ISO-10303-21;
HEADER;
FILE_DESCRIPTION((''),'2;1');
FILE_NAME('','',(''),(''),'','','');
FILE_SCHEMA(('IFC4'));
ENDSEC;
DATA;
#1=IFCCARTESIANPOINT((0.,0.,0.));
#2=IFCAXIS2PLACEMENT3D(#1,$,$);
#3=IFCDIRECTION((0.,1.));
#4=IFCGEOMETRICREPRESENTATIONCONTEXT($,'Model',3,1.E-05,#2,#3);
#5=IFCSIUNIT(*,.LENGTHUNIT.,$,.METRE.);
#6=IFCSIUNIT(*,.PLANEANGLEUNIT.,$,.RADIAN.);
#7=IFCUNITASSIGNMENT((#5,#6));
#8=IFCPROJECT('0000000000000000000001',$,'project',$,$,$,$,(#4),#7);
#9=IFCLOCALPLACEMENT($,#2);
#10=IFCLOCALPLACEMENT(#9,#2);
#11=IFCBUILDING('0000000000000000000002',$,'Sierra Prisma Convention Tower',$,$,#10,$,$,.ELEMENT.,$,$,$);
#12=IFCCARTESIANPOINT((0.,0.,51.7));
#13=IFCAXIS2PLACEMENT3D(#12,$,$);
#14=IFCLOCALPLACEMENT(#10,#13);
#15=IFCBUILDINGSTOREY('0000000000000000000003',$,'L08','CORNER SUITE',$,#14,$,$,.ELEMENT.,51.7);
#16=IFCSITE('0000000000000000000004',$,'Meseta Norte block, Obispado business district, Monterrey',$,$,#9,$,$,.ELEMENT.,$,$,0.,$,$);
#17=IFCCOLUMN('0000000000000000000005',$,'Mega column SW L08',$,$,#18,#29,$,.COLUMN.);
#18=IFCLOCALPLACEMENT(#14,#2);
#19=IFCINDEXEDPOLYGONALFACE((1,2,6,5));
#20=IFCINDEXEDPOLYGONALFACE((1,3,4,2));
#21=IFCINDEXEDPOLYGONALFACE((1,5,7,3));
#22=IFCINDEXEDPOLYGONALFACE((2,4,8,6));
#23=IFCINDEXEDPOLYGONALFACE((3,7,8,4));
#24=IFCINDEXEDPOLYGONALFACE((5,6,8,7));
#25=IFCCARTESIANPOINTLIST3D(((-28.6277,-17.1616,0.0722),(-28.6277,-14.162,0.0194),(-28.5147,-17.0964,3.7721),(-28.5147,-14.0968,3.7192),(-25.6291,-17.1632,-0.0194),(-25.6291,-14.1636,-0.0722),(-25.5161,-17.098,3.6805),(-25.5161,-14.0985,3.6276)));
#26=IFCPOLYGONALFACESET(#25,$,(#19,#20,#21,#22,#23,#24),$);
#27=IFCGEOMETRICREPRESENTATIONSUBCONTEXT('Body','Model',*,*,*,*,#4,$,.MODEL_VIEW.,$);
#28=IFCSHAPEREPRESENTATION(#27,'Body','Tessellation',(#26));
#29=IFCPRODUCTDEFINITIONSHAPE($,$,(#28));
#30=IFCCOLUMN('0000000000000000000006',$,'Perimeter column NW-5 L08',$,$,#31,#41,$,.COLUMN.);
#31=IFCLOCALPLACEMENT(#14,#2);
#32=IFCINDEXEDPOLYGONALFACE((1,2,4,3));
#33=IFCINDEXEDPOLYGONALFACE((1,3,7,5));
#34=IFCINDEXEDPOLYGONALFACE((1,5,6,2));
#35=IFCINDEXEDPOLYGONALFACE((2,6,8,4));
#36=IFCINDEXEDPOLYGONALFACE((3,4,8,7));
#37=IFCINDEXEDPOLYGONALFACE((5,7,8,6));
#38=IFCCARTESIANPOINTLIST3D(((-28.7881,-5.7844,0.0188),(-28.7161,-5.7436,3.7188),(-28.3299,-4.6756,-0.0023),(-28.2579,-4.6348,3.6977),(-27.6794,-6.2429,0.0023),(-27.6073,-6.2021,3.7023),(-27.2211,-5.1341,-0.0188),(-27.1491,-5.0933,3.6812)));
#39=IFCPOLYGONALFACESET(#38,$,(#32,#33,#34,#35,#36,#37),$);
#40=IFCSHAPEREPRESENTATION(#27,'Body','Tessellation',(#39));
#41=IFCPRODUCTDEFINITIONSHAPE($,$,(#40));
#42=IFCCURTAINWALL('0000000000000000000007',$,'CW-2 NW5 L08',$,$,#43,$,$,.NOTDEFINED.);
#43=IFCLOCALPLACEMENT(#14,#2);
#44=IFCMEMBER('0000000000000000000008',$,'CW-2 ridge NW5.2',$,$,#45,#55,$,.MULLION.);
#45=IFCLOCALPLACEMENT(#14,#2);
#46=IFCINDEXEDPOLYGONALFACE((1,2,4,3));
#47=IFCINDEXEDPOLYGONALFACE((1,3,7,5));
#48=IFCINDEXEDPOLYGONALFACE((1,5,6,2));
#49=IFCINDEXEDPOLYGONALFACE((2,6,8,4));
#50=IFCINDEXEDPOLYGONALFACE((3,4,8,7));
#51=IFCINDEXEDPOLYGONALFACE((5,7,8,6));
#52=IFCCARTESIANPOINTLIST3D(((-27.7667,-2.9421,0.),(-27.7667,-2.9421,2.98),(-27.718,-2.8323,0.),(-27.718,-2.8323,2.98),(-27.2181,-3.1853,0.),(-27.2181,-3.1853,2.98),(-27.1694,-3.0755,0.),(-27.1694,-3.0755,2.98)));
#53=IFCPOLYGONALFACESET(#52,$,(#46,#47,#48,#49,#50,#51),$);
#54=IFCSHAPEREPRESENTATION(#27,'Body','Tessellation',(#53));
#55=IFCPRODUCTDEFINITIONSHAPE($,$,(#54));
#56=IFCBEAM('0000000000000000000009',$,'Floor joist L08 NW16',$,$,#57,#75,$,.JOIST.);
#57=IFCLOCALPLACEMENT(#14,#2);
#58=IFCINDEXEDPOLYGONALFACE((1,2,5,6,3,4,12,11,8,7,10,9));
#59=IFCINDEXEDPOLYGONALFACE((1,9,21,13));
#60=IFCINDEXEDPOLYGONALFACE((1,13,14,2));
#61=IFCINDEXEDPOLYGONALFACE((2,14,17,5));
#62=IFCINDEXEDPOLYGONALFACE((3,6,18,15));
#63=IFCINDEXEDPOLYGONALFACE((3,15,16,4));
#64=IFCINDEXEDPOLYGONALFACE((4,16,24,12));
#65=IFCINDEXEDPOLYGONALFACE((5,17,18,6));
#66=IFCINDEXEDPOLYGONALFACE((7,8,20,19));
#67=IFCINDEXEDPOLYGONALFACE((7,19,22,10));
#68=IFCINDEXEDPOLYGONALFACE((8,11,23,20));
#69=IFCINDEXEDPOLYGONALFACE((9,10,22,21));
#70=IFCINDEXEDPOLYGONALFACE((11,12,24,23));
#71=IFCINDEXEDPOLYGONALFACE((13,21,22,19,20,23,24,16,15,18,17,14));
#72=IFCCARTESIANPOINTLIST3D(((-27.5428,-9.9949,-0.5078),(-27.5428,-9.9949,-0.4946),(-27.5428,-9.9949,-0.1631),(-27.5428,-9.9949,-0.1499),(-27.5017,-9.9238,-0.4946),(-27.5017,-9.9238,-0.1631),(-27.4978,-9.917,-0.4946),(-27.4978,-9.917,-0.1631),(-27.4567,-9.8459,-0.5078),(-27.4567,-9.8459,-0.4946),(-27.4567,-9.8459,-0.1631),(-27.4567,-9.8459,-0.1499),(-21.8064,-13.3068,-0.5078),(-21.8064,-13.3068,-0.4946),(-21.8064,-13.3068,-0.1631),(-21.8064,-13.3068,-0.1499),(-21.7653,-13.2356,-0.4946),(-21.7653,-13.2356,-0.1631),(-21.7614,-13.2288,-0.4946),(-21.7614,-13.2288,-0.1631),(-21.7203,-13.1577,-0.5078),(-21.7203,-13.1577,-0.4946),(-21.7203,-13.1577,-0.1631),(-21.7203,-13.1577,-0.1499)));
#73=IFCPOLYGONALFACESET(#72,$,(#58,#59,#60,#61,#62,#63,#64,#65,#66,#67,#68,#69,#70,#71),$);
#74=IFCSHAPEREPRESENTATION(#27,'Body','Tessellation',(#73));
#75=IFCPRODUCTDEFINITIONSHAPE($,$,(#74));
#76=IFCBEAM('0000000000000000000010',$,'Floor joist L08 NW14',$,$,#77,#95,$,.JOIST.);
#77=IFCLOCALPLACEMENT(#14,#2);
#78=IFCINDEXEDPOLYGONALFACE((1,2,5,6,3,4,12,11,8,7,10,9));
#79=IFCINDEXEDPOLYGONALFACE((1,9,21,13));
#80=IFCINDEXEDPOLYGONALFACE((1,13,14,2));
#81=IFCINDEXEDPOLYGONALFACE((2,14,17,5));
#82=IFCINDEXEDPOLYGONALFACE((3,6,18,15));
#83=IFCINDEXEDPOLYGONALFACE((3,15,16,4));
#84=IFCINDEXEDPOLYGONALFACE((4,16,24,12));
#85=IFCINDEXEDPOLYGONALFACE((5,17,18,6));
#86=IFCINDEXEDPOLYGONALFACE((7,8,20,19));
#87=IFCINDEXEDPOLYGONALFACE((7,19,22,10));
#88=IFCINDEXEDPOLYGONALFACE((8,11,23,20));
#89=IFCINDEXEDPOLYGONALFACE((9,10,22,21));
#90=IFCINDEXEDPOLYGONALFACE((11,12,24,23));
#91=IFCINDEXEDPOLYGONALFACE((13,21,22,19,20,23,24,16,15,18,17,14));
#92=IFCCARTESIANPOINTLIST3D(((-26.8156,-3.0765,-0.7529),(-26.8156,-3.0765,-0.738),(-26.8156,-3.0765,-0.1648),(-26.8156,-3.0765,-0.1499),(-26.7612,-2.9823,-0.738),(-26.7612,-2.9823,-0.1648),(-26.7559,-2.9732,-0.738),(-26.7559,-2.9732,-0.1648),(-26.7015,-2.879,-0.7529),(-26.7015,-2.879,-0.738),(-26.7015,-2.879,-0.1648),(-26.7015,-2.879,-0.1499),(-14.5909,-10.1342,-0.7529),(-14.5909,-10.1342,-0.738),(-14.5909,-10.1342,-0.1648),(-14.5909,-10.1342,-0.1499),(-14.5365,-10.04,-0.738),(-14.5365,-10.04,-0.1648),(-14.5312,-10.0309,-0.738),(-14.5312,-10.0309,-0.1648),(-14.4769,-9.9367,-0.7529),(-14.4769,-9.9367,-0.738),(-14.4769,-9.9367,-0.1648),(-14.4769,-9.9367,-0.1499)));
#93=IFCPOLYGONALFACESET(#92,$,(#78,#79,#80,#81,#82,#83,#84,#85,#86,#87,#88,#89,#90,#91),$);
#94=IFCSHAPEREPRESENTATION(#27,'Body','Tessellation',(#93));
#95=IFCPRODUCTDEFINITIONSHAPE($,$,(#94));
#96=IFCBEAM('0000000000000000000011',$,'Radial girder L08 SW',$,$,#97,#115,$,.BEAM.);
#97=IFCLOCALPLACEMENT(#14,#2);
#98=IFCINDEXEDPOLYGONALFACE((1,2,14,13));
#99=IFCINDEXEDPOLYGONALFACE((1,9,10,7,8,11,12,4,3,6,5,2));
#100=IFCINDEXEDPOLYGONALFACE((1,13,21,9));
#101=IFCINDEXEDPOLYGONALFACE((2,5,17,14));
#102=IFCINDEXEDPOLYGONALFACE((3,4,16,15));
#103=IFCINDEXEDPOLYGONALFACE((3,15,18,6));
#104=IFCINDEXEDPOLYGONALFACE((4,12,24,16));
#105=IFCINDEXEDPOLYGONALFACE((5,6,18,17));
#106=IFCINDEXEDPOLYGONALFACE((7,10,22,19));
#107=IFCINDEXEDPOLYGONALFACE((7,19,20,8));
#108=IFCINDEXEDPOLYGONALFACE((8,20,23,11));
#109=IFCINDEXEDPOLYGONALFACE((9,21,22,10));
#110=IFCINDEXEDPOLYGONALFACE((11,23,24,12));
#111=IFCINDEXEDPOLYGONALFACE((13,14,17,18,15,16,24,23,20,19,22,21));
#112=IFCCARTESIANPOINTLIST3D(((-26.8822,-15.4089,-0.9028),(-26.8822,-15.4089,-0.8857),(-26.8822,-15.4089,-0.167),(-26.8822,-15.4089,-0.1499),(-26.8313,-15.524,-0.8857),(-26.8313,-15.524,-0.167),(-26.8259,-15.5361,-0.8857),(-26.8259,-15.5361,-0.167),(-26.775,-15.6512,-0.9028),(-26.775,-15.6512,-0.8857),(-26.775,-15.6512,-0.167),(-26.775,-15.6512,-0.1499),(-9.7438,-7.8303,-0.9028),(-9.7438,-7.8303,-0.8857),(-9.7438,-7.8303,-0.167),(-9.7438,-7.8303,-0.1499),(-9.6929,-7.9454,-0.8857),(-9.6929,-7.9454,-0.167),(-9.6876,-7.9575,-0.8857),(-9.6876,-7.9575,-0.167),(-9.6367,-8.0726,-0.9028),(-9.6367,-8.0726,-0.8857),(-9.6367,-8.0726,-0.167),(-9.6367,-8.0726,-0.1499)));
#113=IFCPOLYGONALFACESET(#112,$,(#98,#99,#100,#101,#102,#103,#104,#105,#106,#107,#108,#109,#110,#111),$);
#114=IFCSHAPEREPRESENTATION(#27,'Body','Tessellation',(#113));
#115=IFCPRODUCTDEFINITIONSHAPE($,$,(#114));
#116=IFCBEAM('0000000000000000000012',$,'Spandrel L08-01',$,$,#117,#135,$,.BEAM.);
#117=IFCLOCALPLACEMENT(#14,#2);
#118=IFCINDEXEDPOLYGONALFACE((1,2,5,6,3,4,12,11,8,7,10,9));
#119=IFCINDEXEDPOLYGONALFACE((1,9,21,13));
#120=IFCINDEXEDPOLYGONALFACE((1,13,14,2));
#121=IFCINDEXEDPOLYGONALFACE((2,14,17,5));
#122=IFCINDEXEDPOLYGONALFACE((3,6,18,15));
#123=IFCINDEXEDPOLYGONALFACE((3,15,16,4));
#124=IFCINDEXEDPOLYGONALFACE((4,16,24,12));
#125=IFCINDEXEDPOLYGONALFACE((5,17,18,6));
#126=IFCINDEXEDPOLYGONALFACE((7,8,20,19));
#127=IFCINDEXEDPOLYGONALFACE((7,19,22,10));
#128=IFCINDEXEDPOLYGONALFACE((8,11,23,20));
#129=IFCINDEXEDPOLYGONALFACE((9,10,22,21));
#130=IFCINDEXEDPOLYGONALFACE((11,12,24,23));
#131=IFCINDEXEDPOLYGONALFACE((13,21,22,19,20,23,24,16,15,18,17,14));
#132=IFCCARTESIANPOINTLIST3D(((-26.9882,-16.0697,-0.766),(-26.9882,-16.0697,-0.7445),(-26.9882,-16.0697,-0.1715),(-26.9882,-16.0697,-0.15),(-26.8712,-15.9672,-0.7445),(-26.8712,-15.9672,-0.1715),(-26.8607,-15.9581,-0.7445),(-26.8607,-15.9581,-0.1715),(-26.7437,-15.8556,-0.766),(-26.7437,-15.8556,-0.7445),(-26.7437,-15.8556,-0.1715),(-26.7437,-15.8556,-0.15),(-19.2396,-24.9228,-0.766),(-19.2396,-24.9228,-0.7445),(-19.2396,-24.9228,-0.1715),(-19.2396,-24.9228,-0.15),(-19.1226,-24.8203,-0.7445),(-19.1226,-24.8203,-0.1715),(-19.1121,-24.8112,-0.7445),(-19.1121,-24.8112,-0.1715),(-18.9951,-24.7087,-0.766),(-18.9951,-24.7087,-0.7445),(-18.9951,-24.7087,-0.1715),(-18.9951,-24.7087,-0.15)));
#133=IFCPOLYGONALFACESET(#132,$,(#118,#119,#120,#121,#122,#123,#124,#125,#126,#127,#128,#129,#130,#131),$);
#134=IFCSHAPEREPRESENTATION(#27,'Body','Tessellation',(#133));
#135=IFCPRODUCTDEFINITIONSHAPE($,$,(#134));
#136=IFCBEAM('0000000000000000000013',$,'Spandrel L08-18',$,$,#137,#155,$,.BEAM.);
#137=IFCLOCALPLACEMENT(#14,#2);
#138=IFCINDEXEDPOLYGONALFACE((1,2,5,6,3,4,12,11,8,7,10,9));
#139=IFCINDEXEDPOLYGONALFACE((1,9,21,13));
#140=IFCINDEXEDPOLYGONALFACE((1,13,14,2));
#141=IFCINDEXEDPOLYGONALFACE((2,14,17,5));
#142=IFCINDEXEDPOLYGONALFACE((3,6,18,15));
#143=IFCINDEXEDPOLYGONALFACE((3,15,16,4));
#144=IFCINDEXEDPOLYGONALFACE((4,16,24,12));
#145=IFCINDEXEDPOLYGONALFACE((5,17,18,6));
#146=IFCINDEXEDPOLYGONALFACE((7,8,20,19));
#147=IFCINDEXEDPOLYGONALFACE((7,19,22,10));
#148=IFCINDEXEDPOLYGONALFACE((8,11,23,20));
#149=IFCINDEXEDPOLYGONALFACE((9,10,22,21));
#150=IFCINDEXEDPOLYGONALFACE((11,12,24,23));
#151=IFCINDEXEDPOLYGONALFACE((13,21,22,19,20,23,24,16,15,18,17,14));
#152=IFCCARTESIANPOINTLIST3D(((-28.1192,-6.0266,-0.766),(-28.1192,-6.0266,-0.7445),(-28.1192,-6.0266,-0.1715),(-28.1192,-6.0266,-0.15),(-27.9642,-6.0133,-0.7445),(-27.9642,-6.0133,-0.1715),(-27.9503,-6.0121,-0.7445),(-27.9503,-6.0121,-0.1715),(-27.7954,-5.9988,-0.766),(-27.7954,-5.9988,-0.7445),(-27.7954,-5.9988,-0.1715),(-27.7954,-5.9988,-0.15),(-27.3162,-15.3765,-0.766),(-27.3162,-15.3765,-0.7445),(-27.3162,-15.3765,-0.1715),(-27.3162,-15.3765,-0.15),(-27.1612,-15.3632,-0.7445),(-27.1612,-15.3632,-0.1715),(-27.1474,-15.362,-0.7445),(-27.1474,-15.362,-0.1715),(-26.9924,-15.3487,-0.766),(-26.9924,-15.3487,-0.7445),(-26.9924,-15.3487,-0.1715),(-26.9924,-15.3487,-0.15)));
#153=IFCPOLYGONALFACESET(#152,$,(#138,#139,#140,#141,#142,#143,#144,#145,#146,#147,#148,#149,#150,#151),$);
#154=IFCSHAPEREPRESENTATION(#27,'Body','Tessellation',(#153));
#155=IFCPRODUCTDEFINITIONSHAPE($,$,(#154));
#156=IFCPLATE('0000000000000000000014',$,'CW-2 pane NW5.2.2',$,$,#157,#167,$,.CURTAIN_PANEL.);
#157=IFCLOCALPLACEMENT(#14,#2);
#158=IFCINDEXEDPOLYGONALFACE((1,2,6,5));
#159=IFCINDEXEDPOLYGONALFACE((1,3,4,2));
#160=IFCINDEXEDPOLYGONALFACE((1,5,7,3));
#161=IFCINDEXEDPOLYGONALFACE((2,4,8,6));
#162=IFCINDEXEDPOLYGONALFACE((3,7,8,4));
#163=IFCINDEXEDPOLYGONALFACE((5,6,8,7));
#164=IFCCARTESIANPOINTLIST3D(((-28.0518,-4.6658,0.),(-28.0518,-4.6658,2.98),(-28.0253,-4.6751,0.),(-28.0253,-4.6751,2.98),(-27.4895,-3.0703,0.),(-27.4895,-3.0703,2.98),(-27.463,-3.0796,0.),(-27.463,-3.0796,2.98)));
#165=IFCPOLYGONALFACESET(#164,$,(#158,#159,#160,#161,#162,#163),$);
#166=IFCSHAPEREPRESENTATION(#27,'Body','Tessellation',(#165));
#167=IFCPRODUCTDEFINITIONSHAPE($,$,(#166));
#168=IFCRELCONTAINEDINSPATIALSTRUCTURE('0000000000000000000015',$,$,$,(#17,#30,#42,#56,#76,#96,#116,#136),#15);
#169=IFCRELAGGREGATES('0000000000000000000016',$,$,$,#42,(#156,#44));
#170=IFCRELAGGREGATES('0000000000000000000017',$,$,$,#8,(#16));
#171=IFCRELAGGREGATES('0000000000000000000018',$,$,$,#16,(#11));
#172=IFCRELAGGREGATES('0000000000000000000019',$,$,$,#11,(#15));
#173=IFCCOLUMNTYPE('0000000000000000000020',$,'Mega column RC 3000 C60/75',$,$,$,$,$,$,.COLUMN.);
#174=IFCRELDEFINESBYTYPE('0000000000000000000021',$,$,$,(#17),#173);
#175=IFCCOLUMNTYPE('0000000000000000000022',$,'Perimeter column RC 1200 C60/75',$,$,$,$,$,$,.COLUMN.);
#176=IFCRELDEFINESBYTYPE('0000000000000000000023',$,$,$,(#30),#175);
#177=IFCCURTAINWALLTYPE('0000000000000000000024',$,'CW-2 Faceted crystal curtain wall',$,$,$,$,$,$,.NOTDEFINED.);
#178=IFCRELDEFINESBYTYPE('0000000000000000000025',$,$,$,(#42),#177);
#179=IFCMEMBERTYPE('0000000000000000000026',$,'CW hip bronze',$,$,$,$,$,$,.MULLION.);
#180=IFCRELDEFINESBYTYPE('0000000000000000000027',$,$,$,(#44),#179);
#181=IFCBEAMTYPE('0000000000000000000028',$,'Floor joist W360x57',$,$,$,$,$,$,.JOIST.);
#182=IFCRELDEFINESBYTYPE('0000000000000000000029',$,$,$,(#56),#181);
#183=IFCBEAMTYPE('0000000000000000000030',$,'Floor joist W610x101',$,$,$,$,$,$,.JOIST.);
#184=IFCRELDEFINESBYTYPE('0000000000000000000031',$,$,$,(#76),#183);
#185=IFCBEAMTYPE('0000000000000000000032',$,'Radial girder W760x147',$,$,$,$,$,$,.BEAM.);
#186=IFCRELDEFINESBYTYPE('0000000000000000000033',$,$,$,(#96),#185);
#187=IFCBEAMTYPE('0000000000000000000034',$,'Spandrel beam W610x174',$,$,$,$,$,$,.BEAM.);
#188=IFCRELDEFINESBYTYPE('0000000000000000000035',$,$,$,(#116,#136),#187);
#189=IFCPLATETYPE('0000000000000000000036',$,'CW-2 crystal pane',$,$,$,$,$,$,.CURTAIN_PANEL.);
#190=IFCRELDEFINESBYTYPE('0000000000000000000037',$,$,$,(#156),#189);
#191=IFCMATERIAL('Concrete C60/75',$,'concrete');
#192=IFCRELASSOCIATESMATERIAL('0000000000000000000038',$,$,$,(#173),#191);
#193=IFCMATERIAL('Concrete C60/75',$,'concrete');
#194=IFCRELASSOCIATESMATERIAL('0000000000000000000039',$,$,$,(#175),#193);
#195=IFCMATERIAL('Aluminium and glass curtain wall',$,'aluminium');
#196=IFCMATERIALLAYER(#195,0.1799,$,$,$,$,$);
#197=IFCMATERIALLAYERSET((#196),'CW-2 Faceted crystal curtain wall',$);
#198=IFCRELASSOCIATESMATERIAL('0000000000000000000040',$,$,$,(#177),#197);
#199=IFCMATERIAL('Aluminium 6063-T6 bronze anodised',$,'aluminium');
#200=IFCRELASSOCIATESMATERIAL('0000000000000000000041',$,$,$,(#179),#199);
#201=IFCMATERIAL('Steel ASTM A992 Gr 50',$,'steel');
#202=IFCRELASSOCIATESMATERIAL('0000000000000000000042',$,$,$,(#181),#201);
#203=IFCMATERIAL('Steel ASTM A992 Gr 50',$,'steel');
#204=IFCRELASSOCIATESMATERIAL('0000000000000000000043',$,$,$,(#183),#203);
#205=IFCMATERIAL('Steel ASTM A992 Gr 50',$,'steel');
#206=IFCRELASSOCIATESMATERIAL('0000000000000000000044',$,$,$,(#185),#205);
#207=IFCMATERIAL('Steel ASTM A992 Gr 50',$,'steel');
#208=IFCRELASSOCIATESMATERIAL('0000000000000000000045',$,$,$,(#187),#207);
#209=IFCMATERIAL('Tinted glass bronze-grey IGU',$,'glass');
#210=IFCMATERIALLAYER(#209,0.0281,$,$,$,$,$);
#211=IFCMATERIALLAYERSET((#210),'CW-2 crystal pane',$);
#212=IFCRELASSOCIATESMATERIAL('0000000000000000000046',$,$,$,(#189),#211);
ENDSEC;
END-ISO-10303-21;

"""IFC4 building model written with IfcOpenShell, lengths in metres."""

from ifc_helpers import new_model, si_unit, direction, frame, origin, origin_2d, place, context, subcontext, project, spatial, polyline, rectangle, i_section, outline, extrude, material, layer, layer_set, material_profile, profile_set, type_object, element, aggregate, save


model = new_model("IFC4")

# Units and contexts
model_context = context("Model", 3, precision=1e-05, world=origin(), true_north=direction((0.0, 1.0)))
body_context = subcontext(model_context, "Body", "Model", "MODEL_VIEW")
ifc_project = project(units=[si_unit("LENGTHUNIT", "METRE"), si_unit("PLANEANGLEUNIT", "RADIAN")], contexts=[model_context])

# Site, building, storey
site_placement = place(None, origin())
site = spatial("IfcSite", under=ifc_project, at=site_placement, Name="Meseta Norte block, Obispado business district, Monterrey", CompositionType="ELEMENT", RefElevation=0.0)
building_placement = place(site_placement, origin())
building = spatial("IfcBuilding", under=site, at=building_placement, Name="Sierra Prisma Convention Tower", CompositionType="ELEMENT")
storey_placement = place(building_placement, frame((0.0, 0.0, 51.7)))
storey = spatial("IfcBuildingStorey", under=building, at=storey_placement, Name="L08", Description="CORNER SUITE", CompositionType="ELEMENT", Elevation=51.7)

# Columns
ifc_material_1 = material(Name="Concrete C60/75", Category="concrete")
ifc_material_profile_1 = material_profile(ifc_material_1, rectangle(XDim=3.0, YDim=3.0, at=origin_2d()), Name="Mega column RC 3000 C60/75")
ifc_profile_set_1 = profile_set([ifc_material_profile_1], Name="Concrete C60/75")
column_type_1 = type_object("IfcColumnType", Name="Mega column RC 3000 C60/75", PredefinedType="COLUMN", material=ifc_profile_set_1)
column_1_placement = place(storey_placement, frame((-27.1284, -15.6626, 0.0), z_axis=(0.030532, 0.017607, 0.999379), x_axis=(0.999534, -0.000538, -0.030527)))
element("IfcColumn", 1, at=column_1_placement, inside=storey, type_object=column_type_1, Name="Mega column SW L08", PredefinedType="COLUMN", context=body_context, shape_type="SweptSolid", body=[
    extrude(rectangle(XDim=3.0, YDim=3.0, at=origin_2d()), origin(), (0.0, 0.0, 1.0), 3.7021),
])
ifc_material_2 = material(Name="Concrete C60/75", Category="concrete")
ifc_material_profile_2 = material_profile(ifc_material_2, rectangle(XDim=1.2, YDim=1.2, at=origin_2d()), Name="Perimeter column RC 1200 C60/75")
ifc_profile_set_2 = profile_set([ifc_material_profile_2], Name="Concrete C60/75")
column_type_2 = type_object("IfcColumnType", Name="Perimeter column RC 1200 C60/75", PredefinedType="COLUMN", material=ifc_profile_set_2)
column_2_placement = place(storey_placement, frame((-28.0046, -5.4592, 0.0), z_axis=(0.019461, 0.011017, 0.99975), x_axis=(0.381855, 0.924054, -0.017616)))
element("IfcColumn", 2, at=column_2_placement, inside=storey, type_object=column_type_2, Name="Perimeter column NW-5 L08", PredefinedType="COLUMN", context=body_context, shape_type="SweptSolid", body=[
    extrude(rectangle(XDim=1.2, YDim=1.2, at=origin_2d()), origin(), (0.0, 0.0, 1.0), 3.7009),
])

# Curtain wall, member
ifc_material_3 = material(Name="Aluminium and glass curtain wall", Category="aluminium")
ifc_layer_1 = layer(ifc_material_3, 0.1799)
ifc_layer_set_1 = layer_set([ifc_layer_1], Name="CW-2 Faceted crystal curtain wall")
curtain_wall_type = type_object("IfcCurtainWallType", Name="CW-2 Faceted crystal curtain wall", PredefinedType="NOTDEFINED", material=ifc_layer_set_1)
curtain_wall_placement = place(storey_placement, origin())
curtain_wall = element("IfcCurtainWall", 3, at=curtain_wall_placement, inside=storey, type_object=curtain_wall_type, Name="CW-2 NW5 L08", PredefinedType="NOTDEFINED")
ifc_material_4 = material(Name="Aluminium 6063-T6 bronze anodised", Category="aluminium")
ifc_material_profile_3 = material_profile(ifc_material_4, rectangle(XDim=0.1201, YDim=0.6001, at=origin_2d()), Name="ALU RIDGE BLADE 120x600")
ifc_profile_set_3 = profile_set([ifc_material_profile_3], Name="Aluminium 6063-T6 bronze anodised")
member_type = type_object("IfcMemberType", Name="CW hip bronze", PredefinedType="MULLION", material=ifc_profile_set_3)
member_placement = place(storey_placement, frame((-27.468, -3.0088, 0.0), z_axis=(0.0, 0.0, 1.0), x_axis=(-0.405288, -0.914189, 0.0)))
member = element("IfcMember", 4, at=member_placement, type_object=member_type, Name="CW-2 ridge NW5.2", PredefinedType="MULLION", context=body_context, shape_type="SweptSolid", body=[
    extrude(rectangle(XDim=0.1201, YDim=0.6001, at=origin_2d()), origin(), (0.0, 0.0, 1.0), 2.98),
])

# Beams
ifc_material_5 = material(Name="Steel ASTM A992 Gr 50", Category="steel")
ifc_material_profile_4 = material_profile(ifc_material_5, i_section(OverallWidth=0.1721, OverallDepth=0.3579, WebThickness=0.0078, FlangeThickness=0.0132, at=origin_2d()), Name="W360x57")
ifc_profile_set_4 = profile_set([ifc_material_profile_4], Name="Steel ASTM A992 Gr 50")
beam_type_1 = type_object("IfcBeamType", Name="Floor joist W360x57", PredefinedType="JOIST", material=ifc_profile_set_4)
beam_1_placement = place(storey_placement, frame((-27.4998, -9.9204, -0.3289), z_axis=(0.866032, -0.499988, 0.0), x_axis=(0.499988, 0.866032, 0.0)))
element("IfcBeam", 5, at=beam_1_placement, inside=storey, type_object=beam_type_1, Name="Floor joist L08 NW16", PredefinedType="JOIST", context=body_context, shape_type="SweptSolid", body=[
    extrude(i_section(OverallWidth=0.1721, OverallDepth=0.3579, WebThickness=0.0078, FlangeThickness=0.0132, at=origin_2d()), origin(), (0.0, 0.0, 1.0), 6.6238),
])
ifc_material_6 = material(Name="Steel ASTM A992 Gr 50", Category="steel")
ifc_material_profile_5 = material_profile(ifc_material_6, i_section(OverallWidth=0.228, OverallDepth=0.603, WebThickness=0.0105, FlangeThickness=0.0149, at=origin_2d()), Name="W610x101")
ifc_profile_set_5 = profile_set([ifc_material_profile_5], Name="Steel ASTM A992 Gr 50")
beam_type_2 = type_object("IfcBeamType", Name="Floor joist W610x101", PredefinedType="JOIST", material=ifc_profile_set_5)
beam_2_placement = place(storey_placement, frame((-26.7585, -2.9778, -0.4514), z_axis=(0.866034, -0.499986, 0.0), x_axis=(0.499986, 0.866034, 0.0)))
element("IfcBeam", 6, at=beam_2_placement, inside=storey, type_object=beam_type_2, Name="Floor joist L08 NW14", PredefinedType="JOIST", context=body_context, shape_type="SweptSolid", body=[
    extrude(i_section(OverallWidth=0.228, OverallDepth=0.603, WebThickness=0.0105, FlangeThickness=0.0149, at=origin_2d()), origin(), (0.0, 0.0, 1.0), 14.1157),
])
ifc_material_7 = material(Name="Steel ASTM A992 Gr 50", Category="steel")
ifc_material_profile_6 = material_profile(ifc_material_7, i_section(OverallWidth=0.2649, OverallDepth=0.7529, WebThickness=0.0132, FlangeThickness=0.0171, at=origin_2d()), Name="W760x147")
ifc_profile_set_6 = profile_set([ifc_material_profile_6], Name="Steel ASTM A992 Gr 50")
beam_type_3 = type_object("IfcBeamType", Name="Radial girder W760x147", PredefinedType="BEAM", material=ifc_profile_set_6)
beam_3_placement = place(storey_placement, frame((-26.8286, -15.53, -0.5264), z_axis=(0.914572, 0.404424, 0.0), x_axis=(-0.404424, 0.914572, 0.0)))
element("IfcBeam", 7, at=beam_3_placement, inside=storey, type_object=beam_type_3, Name="Radial girder L08 SW", PredefinedType="BEAM", context=body_context, shape_type="SweptSolid", body=[
    extrude(i_section(OverallWidth=0.2649, OverallDepth=0.7529, WebThickness=0.0132, FlangeThickness=0.0171, at=origin_2d()), origin(), (0.0, 0.0, 1.0), 18.7393),
])
ifc_material_8 = material(Name="Steel ASTM A992 Gr 50", Category="steel")
ifc_material_profile_7 = material_profile(ifc_material_8, i_section(OverallWidth=0.325, OverallDepth=0.616, WebThickness=0.0139, FlangeThickness=0.0215, at=origin_2d()), Name="W610x174")
ifc_profile_set_7 = profile_set([ifc_material_profile_7], Name="Steel ASTM A992 Gr 50")
beam_type_4 = type_object("IfcBeamType", Name="Spandrel beam W610x174", PredefinedType="BEAM", material=ifc_profile_set_7)
beam_4_placement = place(storey_placement, frame((-26.866, -15.9626, -0.458), z_axis=(0.658607, -0.752487, 0.0), x_axis=(0.752487, 0.658607, 0.0)))
element("IfcBeam", 8, at=beam_4_placement, inside=storey, type_object=beam_type_4, Name="Spandrel L08-01", PredefinedType="BEAM", context=body_context, shape_type="SweptSolid", body=[
    extrude(i_section(OverallWidth=0.325, OverallDepth=0.616, WebThickness=0.0139, FlangeThickness=0.0215, at=origin_2d()), origin(), (0.0, 0.0, 1.0), 11.7651),
])
beam_5_placement = place(storey_placement, frame((-27.9573, -6.0127, -0.458), z_axis=(0.085566, -0.996332, 0.0), x_axis=(0.996332, 0.085566, 0.0)))
element("IfcBeam", 9, at=beam_5_placement, inside=storey, type_object=beam_type_4, Name="Spandrel L08-18", PredefinedType="BEAM", context=body_context, shape_type="SweptSolid", body=[
    extrude(i_section(OverallWidth=0.325, OverallDepth=0.616, WebThickness=0.0139, FlangeThickness=0.0215, at=origin_2d()), origin(), (0.0, 0.0, 1.0), 9.3843),
])

# Plate
ifc_material_9 = material(Name="Tinted glass bronze-grey IGU", Category="glass")
ifc_layer_2 = layer(ifc_material_9, 0.0281)
ifc_layer_set_2 = layer_set([ifc_layer_2], Name="CW-2 crystal pane")
plate_type = type_object("IfcPlateType", Name="CW-2 crystal pane", PredefinedType="CURTAIN_PANEL", material=ifc_layer_set_2)
plate_placement = place(storey_placement, frame((-28.0518, -4.6658, 0.0), z_axis=(-0.943147, 0.332375, 0.0), x_axis=(0.332375, 0.943147, 0.0)))
plate = element("IfcPlate", 10, at=plate_placement, type_object=plate_type, Name="CW-2 pane NW5.2.2", PredefinedType="CURTAIN_PANEL", context=body_context, shape_type="SweptSolid", body=[
    extrude(outline(polyline([(0.0, 0.0), (1.6916, 0.0), (1.6916, -2.98), (0.0, -2.98), (0.0, 0.0)])), origin(), (0.0, 0.0, -1.0), 0.0281),
])
aggregate(curtain_wall, [plate, member])

save(model, "model.ifc")
